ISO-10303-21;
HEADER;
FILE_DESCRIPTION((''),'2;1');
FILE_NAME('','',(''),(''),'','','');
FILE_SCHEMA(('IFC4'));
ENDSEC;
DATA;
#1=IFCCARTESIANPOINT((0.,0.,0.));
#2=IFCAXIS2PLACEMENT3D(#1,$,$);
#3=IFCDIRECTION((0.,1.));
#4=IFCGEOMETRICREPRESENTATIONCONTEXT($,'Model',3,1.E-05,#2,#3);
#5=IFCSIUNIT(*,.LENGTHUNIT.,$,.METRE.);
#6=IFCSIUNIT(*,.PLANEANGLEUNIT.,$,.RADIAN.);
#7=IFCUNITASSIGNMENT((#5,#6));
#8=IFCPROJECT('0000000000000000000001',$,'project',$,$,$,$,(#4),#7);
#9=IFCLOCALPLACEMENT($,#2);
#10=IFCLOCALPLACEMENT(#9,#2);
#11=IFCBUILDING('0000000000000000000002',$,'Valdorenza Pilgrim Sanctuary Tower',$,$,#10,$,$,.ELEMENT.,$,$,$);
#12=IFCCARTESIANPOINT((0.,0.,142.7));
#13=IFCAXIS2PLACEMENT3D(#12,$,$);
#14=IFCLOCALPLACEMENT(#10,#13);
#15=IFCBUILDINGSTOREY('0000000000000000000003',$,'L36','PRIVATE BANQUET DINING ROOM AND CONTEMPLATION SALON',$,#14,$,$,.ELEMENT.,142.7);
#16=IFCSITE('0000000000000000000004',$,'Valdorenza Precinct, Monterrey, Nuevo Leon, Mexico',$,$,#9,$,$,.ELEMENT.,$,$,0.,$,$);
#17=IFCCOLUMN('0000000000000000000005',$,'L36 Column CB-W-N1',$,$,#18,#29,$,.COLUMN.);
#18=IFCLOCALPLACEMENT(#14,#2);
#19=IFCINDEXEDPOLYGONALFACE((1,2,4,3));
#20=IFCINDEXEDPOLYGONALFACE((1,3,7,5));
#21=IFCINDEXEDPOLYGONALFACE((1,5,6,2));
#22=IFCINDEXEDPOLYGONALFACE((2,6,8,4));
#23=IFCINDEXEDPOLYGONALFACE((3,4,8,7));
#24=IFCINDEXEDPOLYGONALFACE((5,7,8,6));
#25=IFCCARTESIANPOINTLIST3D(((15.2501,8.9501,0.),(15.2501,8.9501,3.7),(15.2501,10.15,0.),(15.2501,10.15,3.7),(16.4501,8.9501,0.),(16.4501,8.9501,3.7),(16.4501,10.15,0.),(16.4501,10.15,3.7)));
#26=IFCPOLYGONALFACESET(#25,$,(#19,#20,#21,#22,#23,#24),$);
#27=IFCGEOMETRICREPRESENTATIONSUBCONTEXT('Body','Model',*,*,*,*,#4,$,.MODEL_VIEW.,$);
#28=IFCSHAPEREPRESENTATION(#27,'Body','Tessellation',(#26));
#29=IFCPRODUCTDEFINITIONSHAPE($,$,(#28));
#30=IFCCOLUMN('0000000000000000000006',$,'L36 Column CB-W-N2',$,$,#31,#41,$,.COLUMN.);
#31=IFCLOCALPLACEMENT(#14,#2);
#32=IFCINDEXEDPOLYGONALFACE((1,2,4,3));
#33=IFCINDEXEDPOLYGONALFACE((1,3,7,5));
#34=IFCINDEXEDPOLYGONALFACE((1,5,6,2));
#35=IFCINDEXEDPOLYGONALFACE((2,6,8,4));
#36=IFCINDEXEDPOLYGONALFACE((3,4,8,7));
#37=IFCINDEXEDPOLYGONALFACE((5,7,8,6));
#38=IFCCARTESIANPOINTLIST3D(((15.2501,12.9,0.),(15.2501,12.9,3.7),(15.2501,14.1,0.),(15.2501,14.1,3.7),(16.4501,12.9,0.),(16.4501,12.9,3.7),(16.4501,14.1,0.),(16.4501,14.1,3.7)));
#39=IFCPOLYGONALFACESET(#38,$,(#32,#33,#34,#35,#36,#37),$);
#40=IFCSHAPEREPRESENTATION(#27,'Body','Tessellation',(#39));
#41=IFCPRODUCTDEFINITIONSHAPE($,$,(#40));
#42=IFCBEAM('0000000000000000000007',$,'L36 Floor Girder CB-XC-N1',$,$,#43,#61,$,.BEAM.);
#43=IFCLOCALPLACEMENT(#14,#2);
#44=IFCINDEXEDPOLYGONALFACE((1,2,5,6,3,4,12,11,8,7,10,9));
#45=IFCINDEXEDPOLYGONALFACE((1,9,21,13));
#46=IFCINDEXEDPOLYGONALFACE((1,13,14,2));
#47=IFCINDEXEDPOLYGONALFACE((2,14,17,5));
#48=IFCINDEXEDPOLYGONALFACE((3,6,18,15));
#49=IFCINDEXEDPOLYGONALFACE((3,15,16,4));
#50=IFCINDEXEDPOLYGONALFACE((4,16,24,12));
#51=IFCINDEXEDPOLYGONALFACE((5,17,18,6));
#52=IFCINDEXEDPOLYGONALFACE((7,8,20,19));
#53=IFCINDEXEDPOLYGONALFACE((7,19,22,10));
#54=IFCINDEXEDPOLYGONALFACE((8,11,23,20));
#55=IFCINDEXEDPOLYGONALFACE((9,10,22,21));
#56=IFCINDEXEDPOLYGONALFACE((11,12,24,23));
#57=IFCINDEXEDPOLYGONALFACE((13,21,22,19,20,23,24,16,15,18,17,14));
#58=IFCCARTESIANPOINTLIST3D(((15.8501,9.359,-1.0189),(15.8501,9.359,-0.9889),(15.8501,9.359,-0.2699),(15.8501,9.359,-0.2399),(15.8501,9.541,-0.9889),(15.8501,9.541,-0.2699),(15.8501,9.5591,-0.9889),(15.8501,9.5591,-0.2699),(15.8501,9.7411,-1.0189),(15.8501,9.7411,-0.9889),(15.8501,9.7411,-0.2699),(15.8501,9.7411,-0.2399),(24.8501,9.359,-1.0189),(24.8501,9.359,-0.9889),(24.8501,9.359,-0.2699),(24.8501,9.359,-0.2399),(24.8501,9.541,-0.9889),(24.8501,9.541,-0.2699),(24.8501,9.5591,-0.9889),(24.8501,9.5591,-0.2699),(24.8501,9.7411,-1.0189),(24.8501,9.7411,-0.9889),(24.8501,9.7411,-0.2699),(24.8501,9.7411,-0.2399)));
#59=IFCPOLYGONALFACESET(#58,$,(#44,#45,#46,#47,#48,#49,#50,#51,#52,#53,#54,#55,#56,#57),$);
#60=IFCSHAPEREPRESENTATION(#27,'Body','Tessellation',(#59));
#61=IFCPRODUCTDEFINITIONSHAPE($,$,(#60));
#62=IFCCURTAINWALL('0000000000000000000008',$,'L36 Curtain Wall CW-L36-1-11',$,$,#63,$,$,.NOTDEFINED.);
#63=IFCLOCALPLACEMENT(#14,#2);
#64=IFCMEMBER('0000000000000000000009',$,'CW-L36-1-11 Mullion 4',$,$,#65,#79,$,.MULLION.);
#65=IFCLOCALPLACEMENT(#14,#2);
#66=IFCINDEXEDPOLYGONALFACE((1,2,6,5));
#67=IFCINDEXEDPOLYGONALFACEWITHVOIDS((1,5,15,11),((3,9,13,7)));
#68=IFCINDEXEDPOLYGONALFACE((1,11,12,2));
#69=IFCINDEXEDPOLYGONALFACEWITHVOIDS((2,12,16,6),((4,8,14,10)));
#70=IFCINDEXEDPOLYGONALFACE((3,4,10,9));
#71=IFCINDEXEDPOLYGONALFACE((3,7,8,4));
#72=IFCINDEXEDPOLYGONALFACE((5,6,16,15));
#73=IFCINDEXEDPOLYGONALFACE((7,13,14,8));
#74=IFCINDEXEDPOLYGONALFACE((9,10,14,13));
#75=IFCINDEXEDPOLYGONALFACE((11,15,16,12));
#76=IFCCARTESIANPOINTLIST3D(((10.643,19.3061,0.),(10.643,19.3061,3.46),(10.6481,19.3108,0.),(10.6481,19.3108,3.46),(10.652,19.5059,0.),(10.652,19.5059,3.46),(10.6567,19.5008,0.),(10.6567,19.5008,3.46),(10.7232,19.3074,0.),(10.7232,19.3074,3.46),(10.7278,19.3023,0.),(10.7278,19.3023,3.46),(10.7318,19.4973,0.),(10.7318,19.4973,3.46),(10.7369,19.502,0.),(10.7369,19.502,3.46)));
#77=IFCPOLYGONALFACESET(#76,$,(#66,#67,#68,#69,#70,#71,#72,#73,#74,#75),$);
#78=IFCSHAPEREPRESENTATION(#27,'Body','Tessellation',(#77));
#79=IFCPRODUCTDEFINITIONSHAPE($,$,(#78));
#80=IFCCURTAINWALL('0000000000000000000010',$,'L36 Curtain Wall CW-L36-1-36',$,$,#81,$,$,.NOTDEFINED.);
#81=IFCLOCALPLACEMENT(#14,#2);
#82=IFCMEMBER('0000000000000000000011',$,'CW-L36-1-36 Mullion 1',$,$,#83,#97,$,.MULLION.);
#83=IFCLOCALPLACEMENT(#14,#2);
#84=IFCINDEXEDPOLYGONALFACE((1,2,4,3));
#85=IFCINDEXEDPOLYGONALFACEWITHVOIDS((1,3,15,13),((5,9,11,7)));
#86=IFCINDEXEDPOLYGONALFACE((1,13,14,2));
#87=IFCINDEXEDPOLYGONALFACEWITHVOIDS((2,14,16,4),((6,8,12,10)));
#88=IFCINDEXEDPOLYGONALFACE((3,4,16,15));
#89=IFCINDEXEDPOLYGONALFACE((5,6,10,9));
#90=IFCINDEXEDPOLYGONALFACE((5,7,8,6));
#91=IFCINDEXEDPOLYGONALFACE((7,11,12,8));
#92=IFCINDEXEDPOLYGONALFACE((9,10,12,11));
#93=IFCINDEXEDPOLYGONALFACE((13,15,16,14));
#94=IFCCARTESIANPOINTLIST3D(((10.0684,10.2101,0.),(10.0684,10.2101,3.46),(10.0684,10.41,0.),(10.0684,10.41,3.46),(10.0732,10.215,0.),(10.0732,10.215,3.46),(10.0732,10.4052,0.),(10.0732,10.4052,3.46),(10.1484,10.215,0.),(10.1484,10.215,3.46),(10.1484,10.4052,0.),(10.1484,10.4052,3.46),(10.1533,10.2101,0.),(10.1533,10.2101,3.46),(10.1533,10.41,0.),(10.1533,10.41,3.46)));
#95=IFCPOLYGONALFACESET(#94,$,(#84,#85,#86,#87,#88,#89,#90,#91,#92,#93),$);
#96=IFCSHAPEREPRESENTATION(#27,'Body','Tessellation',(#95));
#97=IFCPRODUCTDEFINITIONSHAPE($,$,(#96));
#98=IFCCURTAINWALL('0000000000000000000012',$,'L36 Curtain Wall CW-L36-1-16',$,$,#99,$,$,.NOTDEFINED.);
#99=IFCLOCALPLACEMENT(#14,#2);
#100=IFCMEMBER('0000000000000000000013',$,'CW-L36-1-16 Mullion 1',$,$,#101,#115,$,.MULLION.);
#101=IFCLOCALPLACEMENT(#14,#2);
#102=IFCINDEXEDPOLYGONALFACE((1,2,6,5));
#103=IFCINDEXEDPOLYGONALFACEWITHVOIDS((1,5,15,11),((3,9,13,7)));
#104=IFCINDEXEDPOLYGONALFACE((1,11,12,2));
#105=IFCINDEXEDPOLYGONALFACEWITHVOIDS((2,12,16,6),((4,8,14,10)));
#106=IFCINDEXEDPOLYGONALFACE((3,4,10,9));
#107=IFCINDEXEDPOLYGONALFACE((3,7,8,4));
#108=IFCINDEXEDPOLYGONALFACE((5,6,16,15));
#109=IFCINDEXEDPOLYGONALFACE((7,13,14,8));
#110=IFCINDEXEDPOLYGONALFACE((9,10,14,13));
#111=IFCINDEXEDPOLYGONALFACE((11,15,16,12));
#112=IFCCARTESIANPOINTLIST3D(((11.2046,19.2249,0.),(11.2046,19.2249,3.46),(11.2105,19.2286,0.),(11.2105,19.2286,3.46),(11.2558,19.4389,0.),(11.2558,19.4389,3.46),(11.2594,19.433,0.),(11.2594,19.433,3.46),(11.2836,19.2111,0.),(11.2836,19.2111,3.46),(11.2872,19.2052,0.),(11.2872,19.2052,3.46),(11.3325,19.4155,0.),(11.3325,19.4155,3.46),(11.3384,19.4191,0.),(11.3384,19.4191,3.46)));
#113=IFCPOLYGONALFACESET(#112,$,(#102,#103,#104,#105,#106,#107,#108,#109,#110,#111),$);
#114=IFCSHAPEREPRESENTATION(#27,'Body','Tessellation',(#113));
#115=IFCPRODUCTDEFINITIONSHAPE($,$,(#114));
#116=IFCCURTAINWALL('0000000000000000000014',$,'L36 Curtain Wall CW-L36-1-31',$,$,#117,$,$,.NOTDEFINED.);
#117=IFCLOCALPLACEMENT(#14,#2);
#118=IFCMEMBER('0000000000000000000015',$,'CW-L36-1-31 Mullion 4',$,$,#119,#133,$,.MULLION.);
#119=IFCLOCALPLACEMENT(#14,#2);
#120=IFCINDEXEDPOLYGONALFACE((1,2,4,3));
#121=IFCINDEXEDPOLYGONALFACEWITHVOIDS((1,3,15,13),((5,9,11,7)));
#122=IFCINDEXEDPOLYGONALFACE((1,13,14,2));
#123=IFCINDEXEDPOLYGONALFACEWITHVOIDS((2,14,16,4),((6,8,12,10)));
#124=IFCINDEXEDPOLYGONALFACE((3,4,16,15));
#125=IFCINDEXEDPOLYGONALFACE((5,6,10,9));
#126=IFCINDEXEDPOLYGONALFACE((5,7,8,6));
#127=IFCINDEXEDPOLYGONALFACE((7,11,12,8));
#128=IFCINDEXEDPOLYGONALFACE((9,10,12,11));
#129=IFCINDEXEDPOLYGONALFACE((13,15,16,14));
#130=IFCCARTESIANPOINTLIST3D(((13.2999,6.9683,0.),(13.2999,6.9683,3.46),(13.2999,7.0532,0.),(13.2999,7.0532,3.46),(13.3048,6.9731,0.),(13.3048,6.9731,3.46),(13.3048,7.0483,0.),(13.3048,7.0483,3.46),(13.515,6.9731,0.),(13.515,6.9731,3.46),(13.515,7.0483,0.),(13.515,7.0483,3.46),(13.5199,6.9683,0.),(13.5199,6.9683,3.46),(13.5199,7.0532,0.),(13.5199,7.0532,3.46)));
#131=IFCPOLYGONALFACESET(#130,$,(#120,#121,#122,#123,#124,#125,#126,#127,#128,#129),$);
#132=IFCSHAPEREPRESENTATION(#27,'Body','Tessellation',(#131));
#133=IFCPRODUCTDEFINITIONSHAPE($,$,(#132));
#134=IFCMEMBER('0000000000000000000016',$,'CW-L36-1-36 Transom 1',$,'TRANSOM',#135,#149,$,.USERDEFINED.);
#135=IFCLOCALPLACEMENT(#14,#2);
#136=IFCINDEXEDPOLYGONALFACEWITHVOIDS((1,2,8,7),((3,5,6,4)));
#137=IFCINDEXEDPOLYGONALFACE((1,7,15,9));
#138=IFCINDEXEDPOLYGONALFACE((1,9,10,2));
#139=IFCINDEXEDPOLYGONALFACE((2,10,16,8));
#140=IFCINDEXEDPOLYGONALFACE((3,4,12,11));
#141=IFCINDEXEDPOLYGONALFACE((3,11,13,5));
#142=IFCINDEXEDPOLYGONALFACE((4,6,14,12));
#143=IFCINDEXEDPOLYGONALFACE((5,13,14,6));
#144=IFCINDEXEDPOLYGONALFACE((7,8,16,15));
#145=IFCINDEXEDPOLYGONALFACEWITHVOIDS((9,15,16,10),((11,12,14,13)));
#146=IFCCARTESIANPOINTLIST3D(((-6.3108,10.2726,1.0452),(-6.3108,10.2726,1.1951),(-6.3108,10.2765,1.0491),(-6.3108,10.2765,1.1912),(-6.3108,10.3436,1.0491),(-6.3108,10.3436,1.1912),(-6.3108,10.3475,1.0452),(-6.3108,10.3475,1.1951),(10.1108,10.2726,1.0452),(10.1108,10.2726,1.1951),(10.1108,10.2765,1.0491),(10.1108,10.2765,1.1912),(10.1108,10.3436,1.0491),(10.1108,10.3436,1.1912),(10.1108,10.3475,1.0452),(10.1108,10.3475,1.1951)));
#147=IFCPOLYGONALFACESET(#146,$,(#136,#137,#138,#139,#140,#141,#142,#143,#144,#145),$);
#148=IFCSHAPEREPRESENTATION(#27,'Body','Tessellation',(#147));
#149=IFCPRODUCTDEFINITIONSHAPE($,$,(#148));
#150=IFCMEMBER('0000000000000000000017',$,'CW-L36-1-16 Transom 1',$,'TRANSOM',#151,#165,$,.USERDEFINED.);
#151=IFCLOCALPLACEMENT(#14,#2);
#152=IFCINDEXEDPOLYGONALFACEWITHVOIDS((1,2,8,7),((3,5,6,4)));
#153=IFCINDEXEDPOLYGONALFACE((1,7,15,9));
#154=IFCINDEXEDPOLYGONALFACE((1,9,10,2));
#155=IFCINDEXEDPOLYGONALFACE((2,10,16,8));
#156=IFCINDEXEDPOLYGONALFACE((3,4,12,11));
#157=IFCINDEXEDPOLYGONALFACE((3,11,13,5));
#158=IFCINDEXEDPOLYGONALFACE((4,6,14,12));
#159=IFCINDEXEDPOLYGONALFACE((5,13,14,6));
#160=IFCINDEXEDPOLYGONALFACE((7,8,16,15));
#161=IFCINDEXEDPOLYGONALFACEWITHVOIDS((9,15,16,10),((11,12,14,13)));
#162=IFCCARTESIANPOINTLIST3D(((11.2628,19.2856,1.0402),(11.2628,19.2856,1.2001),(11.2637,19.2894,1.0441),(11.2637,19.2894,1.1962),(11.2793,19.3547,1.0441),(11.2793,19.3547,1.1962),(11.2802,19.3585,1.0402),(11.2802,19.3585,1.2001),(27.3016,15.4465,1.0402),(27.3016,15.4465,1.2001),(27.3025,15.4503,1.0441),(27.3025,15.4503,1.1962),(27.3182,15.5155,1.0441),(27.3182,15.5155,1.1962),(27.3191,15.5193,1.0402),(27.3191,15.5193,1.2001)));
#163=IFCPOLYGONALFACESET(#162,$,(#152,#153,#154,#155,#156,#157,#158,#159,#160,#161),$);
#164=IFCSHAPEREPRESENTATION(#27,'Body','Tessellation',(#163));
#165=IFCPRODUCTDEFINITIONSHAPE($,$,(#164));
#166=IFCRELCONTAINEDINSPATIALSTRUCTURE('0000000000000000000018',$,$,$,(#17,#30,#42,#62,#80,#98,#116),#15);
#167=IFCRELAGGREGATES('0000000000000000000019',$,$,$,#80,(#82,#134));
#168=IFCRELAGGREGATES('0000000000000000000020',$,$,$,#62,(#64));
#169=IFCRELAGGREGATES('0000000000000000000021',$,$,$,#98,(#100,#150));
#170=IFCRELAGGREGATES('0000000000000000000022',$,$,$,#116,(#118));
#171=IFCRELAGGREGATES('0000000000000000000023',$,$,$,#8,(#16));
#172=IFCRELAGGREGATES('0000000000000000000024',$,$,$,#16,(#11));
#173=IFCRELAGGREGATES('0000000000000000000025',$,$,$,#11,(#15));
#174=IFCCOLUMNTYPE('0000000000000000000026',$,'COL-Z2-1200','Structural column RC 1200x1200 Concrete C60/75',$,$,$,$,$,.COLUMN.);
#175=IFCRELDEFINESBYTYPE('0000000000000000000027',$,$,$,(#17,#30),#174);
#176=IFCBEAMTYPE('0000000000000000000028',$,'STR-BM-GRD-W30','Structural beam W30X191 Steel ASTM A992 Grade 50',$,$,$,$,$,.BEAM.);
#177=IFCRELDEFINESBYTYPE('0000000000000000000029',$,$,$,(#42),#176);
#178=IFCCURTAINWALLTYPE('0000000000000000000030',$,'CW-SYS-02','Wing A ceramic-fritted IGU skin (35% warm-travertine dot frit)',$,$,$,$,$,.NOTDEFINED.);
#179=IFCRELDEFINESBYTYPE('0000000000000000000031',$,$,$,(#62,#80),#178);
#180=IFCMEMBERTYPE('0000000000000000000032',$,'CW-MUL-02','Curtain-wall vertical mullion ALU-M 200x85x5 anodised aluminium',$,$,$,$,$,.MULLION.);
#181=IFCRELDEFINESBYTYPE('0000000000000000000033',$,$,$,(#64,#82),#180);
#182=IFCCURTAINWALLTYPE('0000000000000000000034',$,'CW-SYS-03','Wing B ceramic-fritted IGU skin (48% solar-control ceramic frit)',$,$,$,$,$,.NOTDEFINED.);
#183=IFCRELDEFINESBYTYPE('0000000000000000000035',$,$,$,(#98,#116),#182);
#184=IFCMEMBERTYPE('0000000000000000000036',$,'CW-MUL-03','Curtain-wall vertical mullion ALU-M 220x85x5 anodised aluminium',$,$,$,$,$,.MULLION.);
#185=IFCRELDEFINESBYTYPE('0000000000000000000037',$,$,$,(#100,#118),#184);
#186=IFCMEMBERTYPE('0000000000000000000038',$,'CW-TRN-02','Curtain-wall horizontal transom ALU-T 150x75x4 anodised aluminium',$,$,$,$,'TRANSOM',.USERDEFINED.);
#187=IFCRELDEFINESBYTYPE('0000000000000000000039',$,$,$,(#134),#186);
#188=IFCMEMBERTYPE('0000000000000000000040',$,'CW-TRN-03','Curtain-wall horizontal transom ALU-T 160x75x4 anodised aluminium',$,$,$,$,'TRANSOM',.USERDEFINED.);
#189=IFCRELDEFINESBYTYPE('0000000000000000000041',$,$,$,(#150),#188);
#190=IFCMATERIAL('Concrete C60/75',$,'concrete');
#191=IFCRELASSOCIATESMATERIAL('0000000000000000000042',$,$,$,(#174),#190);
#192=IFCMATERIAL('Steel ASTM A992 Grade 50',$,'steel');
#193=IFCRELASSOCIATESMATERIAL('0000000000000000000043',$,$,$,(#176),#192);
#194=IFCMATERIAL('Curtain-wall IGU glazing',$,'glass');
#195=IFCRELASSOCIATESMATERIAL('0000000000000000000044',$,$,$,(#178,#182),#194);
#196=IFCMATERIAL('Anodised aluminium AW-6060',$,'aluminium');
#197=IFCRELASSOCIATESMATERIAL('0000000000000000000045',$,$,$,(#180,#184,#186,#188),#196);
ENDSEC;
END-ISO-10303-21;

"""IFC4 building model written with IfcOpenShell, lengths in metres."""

from ifc_helpers import new_model, si_unit, direction, frame, origin, origin_2d, place, context, subcontext, project, spatial, rectangle, hollow_rectangle, i_section, extrude, source, transform, mapped, material, material_profile, profile_set, type_object, element, aggregate, save


model = new_model("IFC4")

# Units and contexts
model_context = context("Model", 3, precision=1e-05, world=origin(), true_north=direction((0.0, 1.0)))
body_context = subcontext(model_context, "Body", "Model", "MODEL_VIEW")
ifc_project = project(units=[si_unit("LENGTHUNIT", "METRE"), si_unit("PLANEANGLEUNIT", "RADIAN")], contexts=[model_context])

# Site, building, storey
site_placement = place(None, origin())
site = spatial("IfcSite", under=ifc_project, at=site_placement, Name="Valdorenza Precinct, Monterrey, Nuevo Leon, Mexico", CompositionType="ELEMENT", RefElevation=0.0)
building_placement = place(site_placement, origin())
building = spatial("IfcBuilding", under=site, at=building_placement, Name="Valdorenza Pilgrim Sanctuary Tower", CompositionType="ELEMENT")
storey_placement = place(building_placement, frame((0.0, 0.0, 142.7)))
storey = spatial("IfcBuildingStorey", under=building, at=storey_placement, Name="L36", Description="PRIVATE BANQUET DINING ROOM AND CONTEMPLATION SALON", CompositionType="ELEMENT", Elevation=142.7)

# Columns
ifc_material_1 = material(Name="Concrete C60/75", Category="concrete")
ifc_material_profile_1 = material_profile(ifc_material_1, rectangle(XDim=1.2, YDim=1.2, at=origin_2d()), Name="RC 1200x1200")
ifc_profile_set_1 = profile_set([ifc_material_profile_1], Name="Concrete C60/75")
column_type = type_object("IfcColumnType", Name="COL-Z2-1200", Description="Structural column RC 1200x1200 Concrete C60/75", PredefinedType="COLUMN", material=ifc_profile_set_1)
shared_shape_1 = source(origin(), body_context, "Body", "SweptSolid", [
    extrude(rectangle(XDim=1.2, YDim=1.2, at=origin_2d()), origin(), (0.0, 0.0, 1.0), 3.7),
])
for number, where, z_axis, x_axis, name in (
    (1, (15.8501, 9.55, 0.0), (0.0, 0.0, 1.0), (1.0, 0.0, 0.0), "L36 Column CB-W-N1"),
    (2, (15.8501, 13.5, 0.0), (0.0, 0.0, 1.0), (1.0, 0.0, 0.0), "L36 Column CB-W-N2"),
):
    element("IfcColumn", number, at=place(storey_placement, frame(where, z_axis=z_axis, x_axis=x_axis)), inside=storey, type_object=column_type, Name=name, PredefinedType="COLUMN", context=body_context, shape_type="MappedRepresentation", body=[
        mapped(shared_shape_1, transform((0.0, 0.0, 0.0), x_axis=(1.0, 0.0, 0.0), y_axis=(0.0, 1.0, 0.0), z_axis=(0.0, 0.0, 1.0), scale=1.0)),
    ])

# Beam
ifc_material_2 = material(Name="Steel ASTM A992 Grade 50", Category="steel")
ifc_material_profile_2 = material_profile(ifc_material_2, i_section(OverallWidth=0.3821, OverallDepth=0.7791, WebThickness=0.0181, FlangeThickness=0.03, at=origin_2d()), Name="W30X191")
ifc_profile_set_2 = profile_set([ifc_material_profile_2], Name="Steel ASTM A992 Grade 50")
beam_type = type_object("IfcBeamType", Name="STR-BM-GRD-W30", Description="Structural beam W30X191 Steel ASTM A992 Grade 50", PredefinedType="BEAM", material=ifc_profile_set_2)
shared_shape_2 = source(origin(), body_context, "Body", "SweptSolid", [
    extrude(i_section(OverallWidth=0.3821, OverallDepth=0.7791, WebThickness=0.0181, FlangeThickness=0.03, at=origin_2d()), origin(), (0.0, 0.0, 1.0), 9.0),
])
beam_placement = place(storey_placement, frame((15.8501, 9.55, -0.6294), z_axis=(1.0, 0.0, 0.0), x_axis=(0.0, 1.0, 0.0)))
element("IfcBeam", 3, at=beam_placement, inside=storey, type_object=beam_type, Name="L36 Floor Girder CB-XC-N1", PredefinedType="BEAM", context=body_context, shape_type="MappedRepresentation", body=[
    mapped(shared_shape_2, transform((0.0, 0.0, 0.0), x_axis=(1.0, 0.0, 0.0), y_axis=(0.0, 1.0, 0.0), z_axis=(0.0, 0.0, 1.0), scale=1.0)),
])

# Curtain walls, members
ifc_material_3 = material(Name="Curtain-wall IGU glazing", Category="glass")
curtain_wall_type_1 = type_object("IfcCurtainWallType", Name="CW-SYS-02", Description="Wing A ceramic-fritted IGU skin (35% warm-travertine dot frit)", PredefinedType="NOTDEFINED", material=ifc_material_3)
curtain_wall_1_placement = place(storey_placement, origin())
curtain_wall_1 = element("IfcCurtainWall", 4, at=curtain_wall_1_placement, inside=storey, type_object=curtain_wall_type_1, Name="L36 Curtain Wall CW-L36-1-11", PredefinedType="NOTDEFINED")
ifc_material_4 = material(Name="Anodised aluminium AW-6060", Category="aluminium")
ifc_material_profile_3 = material_profile(ifc_material_4, hollow_rectangle(XDim=0.085, YDim=0.2, WallThickness=0.0049, at=origin_2d()), Name="ALU-M 200x85x5")
ifc_profile_set_3 = profile_set([ifc_material_profile_3], Name="Anodised aluminium AW-6060")
member_type_1 = type_object("IfcMemberType", Name="CW-MUL-02", Description="Curtain-wall vertical mullion ALU-M 200x85x5 anodised aluminium", PredefinedType="MULLION", material=ifc_profile_set_3)
shared_shape_3 = source(origin(), body_context, "Body", "SweptSolid", [
    extrude(hollow_rectangle(XDim=0.085, YDim=0.2, WallThickness=0.0049, at=origin_2d()), origin(), (0.0, 0.0, 1.0), 3.46),
])
member_1_placement = place(storey_placement, frame((10.6899, 19.4041, 0.0), z_axis=(0.0, 0.0, 1.0), x_axis=(0.998968, -0.045415, 0.0)))
member_1 = element("IfcMember", 5, at=member_1_placement, type_object=member_type_1, Name="CW-L36-1-11 Mullion 4", PredefinedType="MULLION", context=body_context, shape_type="MappedRepresentation", body=[
    mapped(shared_shape_3, transform((0.0, 0.0, 0.0), x_axis=(1.0, 0.0, 0.0), y_axis=(0.0, 1.0, 0.0), z_axis=(0.0, 0.0, 1.0), scale=1.0)),
])
curtain_wall_2_placement = place(storey_placement, origin())
curtain_wall_2 = element("IfcCurtainWall", 6, at=curtain_wall_2_placement, inside=storey, type_object=curtain_wall_type_1, Name="L36 Curtain Wall CW-L36-1-36", PredefinedType="NOTDEFINED")
member_2_placement = place(storey_placement, frame((10.1108, 10.3101, 0.0), z_axis=(0.0, 0.0, 1.0), x_axis=(-1.0, 0.0, 0.0)))
member_2 = element("IfcMember", 7, at=member_2_placement, type_object=member_type_1, Name="CW-L36-1-36 Mullion 1", PredefinedType="MULLION", context=body_context, shape_type="MappedRepresentation", body=[
    mapped(shared_shape_3, transform((0.0, 0.0, 0.0), x_axis=(1.0, 0.0, 0.0), y_axis=(0.0, 1.0, 0.0), z_axis=(0.0, 0.0, 1.0), scale=1.0)),
])
curtain_wall_type_2 = type_object("IfcCurtainWallType", Name="CW-SYS-03", Description="Wing B ceramic-fritted IGU skin (48% solar-control ceramic frit)", PredefinedType="NOTDEFINED", material=ifc_material_3)
curtain_wall_3_placement = place(storey_placement, origin())
curtain_wall_3 = element("IfcCurtainWall", 8, at=curtain_wall_3_placement, inside=storey, type_object=curtain_wall_type_2, Name="L36 Curtain Wall CW-L36-1-16", PredefinedType="NOTDEFINED")
ifc_material_profile_4 = material_profile(ifc_material_4, hollow_rectangle(XDim=0.085, YDim=0.22, WallThickness=0.0049, at=origin_2d()), Name="ALU-M 220x85x5")
ifc_profile_set_4 = profile_set([ifc_material_profile_4], Name="Anodised aluminium AW-6060")
member_type_2 = type_object("IfcMemberType", Name="CW-MUL-03", Description="Curtain-wall vertical mullion ALU-M 220x85x5 anodised aluminium", PredefinedType="MULLION", material=ifc_profile_set_4)
shared_shape_4 = source(origin(), body_context, "Body", "SweptSolid", [
    extrude(hollow_rectangle(XDim=0.085, YDim=0.22, WallThickness=0.0049, at=origin_2d()), origin(), (0.0, 0.0, 1.0), 3.46),
])
member_3_placement = place(storey_placement, frame((11.2715, 19.322, 0.0), z_axis=(0.0, 0.0, 1.0), x_axis=(0.972529, -0.232783, 0.0)))
member_3 = element("IfcMember", 9, at=member_3_placement, type_object=member_type_2, Name="CW-L36-1-16 Mullion 1", PredefinedType="MULLION", context=body_context, shape_type="MappedRepresentation", body=[
    mapped(shared_shape_4, transform((0.0, 0.0, 0.0), x_axis=(1.0, 0.0, 0.0), y_axis=(0.0, 1.0, 0.0), z_axis=(0.0, 0.0, 1.0), scale=1.0)),
])
curtain_wall_4_placement = place(storey_placement, origin())
curtain_wall_4 = element("IfcCurtainWall", 10, at=curtain_wall_4_placement, inside=storey, type_object=curtain_wall_type_2, Name="L36 Curtain Wall CW-L36-1-31", PredefinedType="NOTDEFINED")
member_4_placement = place(storey_placement, frame((13.4099, 7.0107, 0.0), z_axis=(0.0, 0.0, 1.0), x_axis=(0.0, 1.0, 0.0)))
member_4 = element("IfcMember", 11, at=member_4_placement, type_object=member_type_2, Name="CW-L36-1-31 Mullion 4", PredefinedType="MULLION", context=body_context, shape_type="MappedRepresentation", body=[
    mapped(shared_shape_4, transform((0.0, 0.0, 0.0), x_axis=(1.0, 0.0, 0.0), y_axis=(0.0, 1.0, 0.0), z_axis=(0.0, 0.0, 1.0), scale=1.0)),
])

# Members
ifc_material_profile_5 = material_profile(ifc_material_4, hollow_rectangle(XDim=0.075, YDim=0.1499, WallThickness=0.0039, at=origin_2d()), Name="ALU-T 150x75x4")
ifc_profile_set_5 = profile_set([ifc_material_profile_5], Name="Anodised aluminium AW-6060")
member_type_3 = type_object("IfcMemberType", Name="CW-TRN-02", Description="Curtain-wall horizontal transom ALU-T 150x75x4 anodised aluminium", ElementType="TRANSOM", PredefinedType="USERDEFINED", material=ifc_profile_set_5)
shared_shape_5 = source(origin(), body_context, "Body", "SweptSolid", [
    extrude(hollow_rectangle(XDim=0.075, YDim=0.1499, WallThickness=0.0039, at=origin_2d()), origin(), (0.0, 0.0, 1.0), 16.4216),
])
member_5_placement = place(storey_placement, frame((10.1108, 10.3101, 1.1201), z_axis=(-1.0, 0.0, 0.0), x_axis=(0.0, -1.0, 0.0)))
member_5 = element("IfcMember", 12, at=member_5_placement, type_object=member_type_3, Name="CW-L36-1-36 Transom 1", ObjectType="TRANSOM", PredefinedType="USERDEFINED", context=body_context, shape_type="MappedRepresentation", body=[
    mapped(shared_shape_5, transform((0.0, 0.0, 0.0), x_axis=(1.0, 0.0, 0.0), y_axis=(0.0, 1.0, 0.0), z_axis=(0.0, 0.0, 1.0), scale=1.0)),
])
ifc_material_profile_6 = material_profile(ifc_material_4, hollow_rectangle(XDim=0.075, YDim=0.1599, WallThickness=0.0039, at=origin_2d()), Name="ALU-T 160x75x4")
ifc_profile_set_6 = profile_set([ifc_material_profile_6], Name="Anodised aluminium AW-6060")
member_type_4 = type_object("IfcMemberType", Name="CW-TRN-03", Description="Curtain-wall horizontal transom ALU-T 160x75x4 anodised aluminium", ElementType="TRANSOM", PredefinedType="USERDEFINED", material=ifc_profile_set_6)
shared_shape_6 = source(origin(), body_context, "Body", "SweptSolid", [
    extrude(hollow_rectangle(XDim=0.075, YDim=0.1599, WallThickness=0.0039, at=origin_2d()), origin(), (0.0, 0.0, 1.0), 16.4919),
])
member_6_placement = place(storey_placement, frame((11.2715, 19.322, 1.1201), z_axis=(0.972528, -0.232788, 0.0), x_axis=(0.232788, 0.972528, 0.0)))
member_6 = element("IfcMember", 13, at=member_6_placement, type_object=member_type_4, Name="CW-L36-1-16 Transom 1", ObjectType="TRANSOM", PredefinedType="USERDEFINED", context=body_context, shape_type="MappedRepresentation", body=[
    mapped(shared_shape_6, transform((0.0, 0.0, 0.0), x_axis=(1.0, 0.0, 0.0), y_axis=(0.0, 1.0, 0.0), z_axis=(0.0, 0.0, 1.0), scale=1.0)),
])

aggregate(curtain_wall_2, [member_2, member_5])
aggregate(curtain_wall_1, [member_1])
aggregate(curtain_wall_3, [member_3, member_6])
aggregate(curtain_wall_4, [member_4])

save(model, "model.ifc")
